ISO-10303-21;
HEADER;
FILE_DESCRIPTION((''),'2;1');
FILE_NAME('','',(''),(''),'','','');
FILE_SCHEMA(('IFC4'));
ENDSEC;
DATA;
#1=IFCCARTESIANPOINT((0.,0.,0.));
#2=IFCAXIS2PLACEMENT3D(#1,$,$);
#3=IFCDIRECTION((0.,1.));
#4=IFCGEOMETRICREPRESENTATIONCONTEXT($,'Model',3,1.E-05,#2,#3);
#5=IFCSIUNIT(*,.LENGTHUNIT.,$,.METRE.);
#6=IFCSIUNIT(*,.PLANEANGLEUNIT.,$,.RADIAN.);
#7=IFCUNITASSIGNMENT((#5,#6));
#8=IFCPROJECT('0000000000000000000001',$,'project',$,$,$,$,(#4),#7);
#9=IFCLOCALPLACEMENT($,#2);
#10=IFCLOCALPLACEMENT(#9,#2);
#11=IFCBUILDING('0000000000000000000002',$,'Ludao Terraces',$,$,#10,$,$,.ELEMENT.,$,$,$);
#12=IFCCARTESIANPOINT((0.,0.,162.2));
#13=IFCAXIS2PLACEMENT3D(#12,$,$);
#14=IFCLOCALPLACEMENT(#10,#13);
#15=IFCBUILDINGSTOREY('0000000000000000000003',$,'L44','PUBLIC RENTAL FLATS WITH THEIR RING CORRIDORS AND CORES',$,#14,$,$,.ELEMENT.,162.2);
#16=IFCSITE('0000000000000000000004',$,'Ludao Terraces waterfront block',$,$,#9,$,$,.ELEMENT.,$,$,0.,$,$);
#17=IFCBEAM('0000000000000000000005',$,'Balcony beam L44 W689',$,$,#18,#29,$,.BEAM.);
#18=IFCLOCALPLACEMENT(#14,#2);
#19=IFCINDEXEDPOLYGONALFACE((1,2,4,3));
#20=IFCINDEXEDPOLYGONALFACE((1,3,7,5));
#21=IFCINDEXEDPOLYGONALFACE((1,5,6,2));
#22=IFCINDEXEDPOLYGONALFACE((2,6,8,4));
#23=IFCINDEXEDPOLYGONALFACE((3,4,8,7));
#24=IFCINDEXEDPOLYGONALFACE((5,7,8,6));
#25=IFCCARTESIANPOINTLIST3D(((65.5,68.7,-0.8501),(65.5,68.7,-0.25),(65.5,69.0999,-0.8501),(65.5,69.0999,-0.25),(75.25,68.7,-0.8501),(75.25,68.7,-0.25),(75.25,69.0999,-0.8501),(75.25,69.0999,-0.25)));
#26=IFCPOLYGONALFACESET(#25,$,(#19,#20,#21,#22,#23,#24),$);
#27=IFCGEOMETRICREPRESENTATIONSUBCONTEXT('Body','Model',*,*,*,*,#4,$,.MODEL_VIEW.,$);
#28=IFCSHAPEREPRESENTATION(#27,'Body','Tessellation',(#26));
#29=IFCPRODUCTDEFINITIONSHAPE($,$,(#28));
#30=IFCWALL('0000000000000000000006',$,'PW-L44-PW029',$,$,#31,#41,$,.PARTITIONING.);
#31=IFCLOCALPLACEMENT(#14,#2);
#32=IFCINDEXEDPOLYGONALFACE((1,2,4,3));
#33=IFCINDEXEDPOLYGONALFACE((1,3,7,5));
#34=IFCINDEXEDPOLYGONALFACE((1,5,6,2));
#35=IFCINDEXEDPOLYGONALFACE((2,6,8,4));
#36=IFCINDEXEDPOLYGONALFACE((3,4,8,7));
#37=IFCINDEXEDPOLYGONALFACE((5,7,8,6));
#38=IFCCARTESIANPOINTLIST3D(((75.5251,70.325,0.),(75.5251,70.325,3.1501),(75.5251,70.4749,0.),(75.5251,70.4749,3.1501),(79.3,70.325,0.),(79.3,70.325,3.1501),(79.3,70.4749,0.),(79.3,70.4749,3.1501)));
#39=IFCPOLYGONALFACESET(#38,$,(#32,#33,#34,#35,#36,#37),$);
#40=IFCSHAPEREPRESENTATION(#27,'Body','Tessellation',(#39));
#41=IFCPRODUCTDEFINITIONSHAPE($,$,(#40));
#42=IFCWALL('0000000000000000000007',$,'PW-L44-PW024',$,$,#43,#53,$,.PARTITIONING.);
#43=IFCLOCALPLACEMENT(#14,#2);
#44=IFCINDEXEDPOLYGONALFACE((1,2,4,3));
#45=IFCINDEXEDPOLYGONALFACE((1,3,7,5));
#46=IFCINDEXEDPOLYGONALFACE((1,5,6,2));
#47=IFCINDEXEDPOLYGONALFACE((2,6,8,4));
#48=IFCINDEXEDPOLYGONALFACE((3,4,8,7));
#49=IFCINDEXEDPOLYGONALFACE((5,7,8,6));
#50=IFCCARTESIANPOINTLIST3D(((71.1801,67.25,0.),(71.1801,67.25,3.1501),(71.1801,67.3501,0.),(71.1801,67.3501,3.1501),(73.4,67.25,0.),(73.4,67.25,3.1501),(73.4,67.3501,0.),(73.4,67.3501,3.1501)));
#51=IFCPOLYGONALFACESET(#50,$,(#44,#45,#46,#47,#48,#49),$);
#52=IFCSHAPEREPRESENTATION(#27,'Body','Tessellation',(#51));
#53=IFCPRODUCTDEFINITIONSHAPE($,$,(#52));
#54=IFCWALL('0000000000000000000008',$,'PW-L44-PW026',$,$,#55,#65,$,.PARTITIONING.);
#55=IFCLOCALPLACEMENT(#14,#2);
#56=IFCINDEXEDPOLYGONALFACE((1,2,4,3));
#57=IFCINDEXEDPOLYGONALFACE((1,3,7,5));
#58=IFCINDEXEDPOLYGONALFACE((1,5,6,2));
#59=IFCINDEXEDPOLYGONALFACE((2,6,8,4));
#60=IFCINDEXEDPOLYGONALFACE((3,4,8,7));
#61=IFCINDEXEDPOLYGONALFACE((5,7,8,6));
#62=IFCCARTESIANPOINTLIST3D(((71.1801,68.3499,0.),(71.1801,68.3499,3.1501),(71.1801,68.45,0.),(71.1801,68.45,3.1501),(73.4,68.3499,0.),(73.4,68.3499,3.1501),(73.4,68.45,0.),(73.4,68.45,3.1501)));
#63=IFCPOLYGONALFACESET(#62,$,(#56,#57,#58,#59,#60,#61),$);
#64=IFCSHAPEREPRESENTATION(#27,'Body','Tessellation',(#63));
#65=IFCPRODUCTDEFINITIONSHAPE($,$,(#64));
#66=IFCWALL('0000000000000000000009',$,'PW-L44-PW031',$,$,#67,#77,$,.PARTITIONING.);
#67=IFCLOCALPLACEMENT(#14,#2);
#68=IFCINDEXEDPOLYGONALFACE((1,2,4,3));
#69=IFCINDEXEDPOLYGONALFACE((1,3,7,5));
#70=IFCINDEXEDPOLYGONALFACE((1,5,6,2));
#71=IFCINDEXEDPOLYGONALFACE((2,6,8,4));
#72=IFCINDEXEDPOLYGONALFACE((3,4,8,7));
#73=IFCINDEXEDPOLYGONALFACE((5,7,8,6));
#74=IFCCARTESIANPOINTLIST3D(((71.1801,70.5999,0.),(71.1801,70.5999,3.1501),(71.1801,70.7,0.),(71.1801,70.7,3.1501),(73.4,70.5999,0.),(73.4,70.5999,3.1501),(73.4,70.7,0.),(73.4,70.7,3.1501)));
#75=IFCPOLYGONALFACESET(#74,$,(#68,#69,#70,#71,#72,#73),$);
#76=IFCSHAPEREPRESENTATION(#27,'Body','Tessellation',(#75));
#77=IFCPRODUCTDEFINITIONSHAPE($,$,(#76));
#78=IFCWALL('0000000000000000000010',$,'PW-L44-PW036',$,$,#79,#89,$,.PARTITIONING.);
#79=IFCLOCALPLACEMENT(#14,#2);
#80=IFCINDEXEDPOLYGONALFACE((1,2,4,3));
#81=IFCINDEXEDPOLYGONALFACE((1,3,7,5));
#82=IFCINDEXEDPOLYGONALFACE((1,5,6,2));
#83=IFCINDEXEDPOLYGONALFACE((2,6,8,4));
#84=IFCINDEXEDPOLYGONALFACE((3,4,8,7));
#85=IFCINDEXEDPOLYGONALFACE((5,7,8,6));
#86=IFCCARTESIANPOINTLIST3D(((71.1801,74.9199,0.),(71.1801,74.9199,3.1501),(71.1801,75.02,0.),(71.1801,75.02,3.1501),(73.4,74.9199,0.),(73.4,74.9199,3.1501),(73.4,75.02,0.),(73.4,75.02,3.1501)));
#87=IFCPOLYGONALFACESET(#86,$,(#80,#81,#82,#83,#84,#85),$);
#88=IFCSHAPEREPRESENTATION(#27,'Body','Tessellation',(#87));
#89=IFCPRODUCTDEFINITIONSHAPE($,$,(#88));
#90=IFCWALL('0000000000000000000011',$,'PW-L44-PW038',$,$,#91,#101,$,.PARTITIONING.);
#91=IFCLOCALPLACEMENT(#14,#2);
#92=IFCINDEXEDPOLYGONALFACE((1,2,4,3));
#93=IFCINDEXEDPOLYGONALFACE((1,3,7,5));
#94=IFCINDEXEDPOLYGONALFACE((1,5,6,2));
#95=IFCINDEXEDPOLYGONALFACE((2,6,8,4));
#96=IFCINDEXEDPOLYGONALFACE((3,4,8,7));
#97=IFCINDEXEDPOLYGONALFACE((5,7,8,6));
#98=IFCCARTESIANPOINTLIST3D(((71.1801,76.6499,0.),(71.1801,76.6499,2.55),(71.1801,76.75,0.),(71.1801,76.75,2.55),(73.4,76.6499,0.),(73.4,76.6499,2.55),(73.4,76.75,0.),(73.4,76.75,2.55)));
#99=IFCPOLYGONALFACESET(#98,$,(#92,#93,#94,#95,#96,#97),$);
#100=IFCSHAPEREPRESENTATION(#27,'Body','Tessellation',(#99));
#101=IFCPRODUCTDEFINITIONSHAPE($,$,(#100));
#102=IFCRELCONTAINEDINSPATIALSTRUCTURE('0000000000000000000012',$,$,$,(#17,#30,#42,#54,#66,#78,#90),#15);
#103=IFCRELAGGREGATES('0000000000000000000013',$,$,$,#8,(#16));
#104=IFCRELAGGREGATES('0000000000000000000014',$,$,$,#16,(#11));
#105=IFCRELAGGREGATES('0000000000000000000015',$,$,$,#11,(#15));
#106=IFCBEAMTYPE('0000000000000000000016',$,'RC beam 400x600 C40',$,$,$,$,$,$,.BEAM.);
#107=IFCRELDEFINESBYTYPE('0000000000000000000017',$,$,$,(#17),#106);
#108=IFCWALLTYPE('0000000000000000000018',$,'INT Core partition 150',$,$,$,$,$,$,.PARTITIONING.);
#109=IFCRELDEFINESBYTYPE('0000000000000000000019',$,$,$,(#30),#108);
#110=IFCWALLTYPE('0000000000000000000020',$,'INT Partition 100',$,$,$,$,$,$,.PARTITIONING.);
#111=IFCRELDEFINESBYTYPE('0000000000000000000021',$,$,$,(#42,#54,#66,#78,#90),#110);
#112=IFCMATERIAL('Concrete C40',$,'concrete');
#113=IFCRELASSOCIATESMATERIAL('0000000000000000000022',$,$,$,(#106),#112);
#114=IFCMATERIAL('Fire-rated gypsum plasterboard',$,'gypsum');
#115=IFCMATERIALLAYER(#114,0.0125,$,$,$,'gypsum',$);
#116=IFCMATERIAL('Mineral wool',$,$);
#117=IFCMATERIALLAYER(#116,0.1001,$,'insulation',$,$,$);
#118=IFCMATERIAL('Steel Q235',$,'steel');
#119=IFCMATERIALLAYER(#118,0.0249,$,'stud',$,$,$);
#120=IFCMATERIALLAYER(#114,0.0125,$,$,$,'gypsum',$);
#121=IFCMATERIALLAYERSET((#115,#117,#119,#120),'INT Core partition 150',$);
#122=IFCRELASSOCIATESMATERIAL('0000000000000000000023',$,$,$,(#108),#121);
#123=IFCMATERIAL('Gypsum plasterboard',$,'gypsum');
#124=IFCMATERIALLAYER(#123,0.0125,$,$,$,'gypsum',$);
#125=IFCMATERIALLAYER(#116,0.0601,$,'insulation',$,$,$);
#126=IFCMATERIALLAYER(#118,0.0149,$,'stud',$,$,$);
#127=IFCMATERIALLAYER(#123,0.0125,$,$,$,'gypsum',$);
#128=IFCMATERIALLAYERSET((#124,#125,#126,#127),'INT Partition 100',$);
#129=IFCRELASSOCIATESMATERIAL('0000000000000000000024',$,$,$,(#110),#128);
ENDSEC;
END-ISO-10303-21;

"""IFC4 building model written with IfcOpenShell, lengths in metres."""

from ifc_helpers import new_model, si_unit, direction, frame, frame_2d, origin, origin_2d, place, context, subcontext, project, spatial, rectangle, extrude, material, layer, layer_set, material_profile, profile_set, type_object, element, save


model = new_model("IFC4")

# Units and contexts
model_context = context("Model", 3, precision=1e-05, world=origin(), true_north=direction((0.0, 1.0)))
body_context = subcontext(model_context, "Body", "Model", "MODEL_VIEW")
ifc_project = project(units=[si_unit("LENGTHUNIT", "METRE"), si_unit("PLANEANGLEUNIT", "RADIAN")], contexts=[model_context])

# Site, building, storey
site_placement = place(None, origin())
site = spatial("IfcSite", under=ifc_project, at=site_placement, Name="Ludao Terraces waterfront block", CompositionType="ELEMENT", RefElevation=0.0)
building_placement = place(site_placement, origin())
building = spatial("IfcBuilding", under=site, at=building_placement, Name="Ludao Terraces", CompositionType="ELEMENT")
storey_placement = place(building_placement, frame((0.0, 0.0, 162.2)))
storey = spatial("IfcBuildingStorey", under=building, at=storey_placement, Name="L44", Description="PUBLIC RENTAL FLATS WITH THEIR RING CORRIDORS AND CORES", CompositionType="ELEMENT", Elevation=162.2)

# Beam
ifc_material_1 = material(Name="Concrete C40", Category="concrete")
ifc_material_profile = material_profile(ifc_material_1, rectangle(XDim=0.3999, YDim=0.6001, at=origin_2d()), Name="400 X 600")
ifc_profile_set = profile_set([ifc_material_profile], Name="Concrete C40")
beam_type = type_object("IfcBeamType", Name="RC beam 400x600 C40", PredefinedType="BEAM", material=ifc_profile_set)
beam_placement = place(storey_placement, frame((75.25, 68.8999, -0.55), z_axis=(-1.0, 0.0, 0.0), x_axis=(0.0, -1.0, 0.0)))
element("IfcBeam", 1, at=beam_placement, inside=storey, type_object=beam_type, Name="Balcony beam L44 W689", PredefinedType="BEAM", context=body_context, shape_type="SweptSolid", body=[
    extrude(rectangle(XDim=0.3999, YDim=0.6001, at=origin_2d()), origin(), (0.0, 0.0, 1.0), 9.75),
])

# Walls
ifc_material_2 = material(Name="Fire-rated gypsum plasterboard", Category="gypsum")
ifc_layer_1 = layer(ifc_material_2, 0.0125, Category="gypsum")
ifc_material_3 = material(Name="Mineral wool")
ifc_layer_2 = layer(ifc_material_3, 0.1001, Name="insulation")
ifc_material_4 = material(Name="Steel Q235", Category="steel")
ifc_layer_3 = layer(ifc_material_4, 0.0249, Name="stud")
ifc_layer_4 = layer(ifc_material_2, 0.0125, Category="gypsum")
ifc_layer_set_1 = layer_set([ifc_layer_1, ifc_layer_2, ifc_layer_3, ifc_layer_4], Name="INT Core partition 150")
wall_type_1 = type_object("IfcWallType", Name="INT Core partition 150", PredefinedType="PARTITIONING", material=ifc_layer_set_1)
wall_1_placement = place(storey_placement, frame((75.5251, 70.3999, 0.0), z_axis=(0.0, 0.0, 1.0), x_axis=(1.0, 0.0, 0.0)))
element("IfcWall", 2, at=wall_1_placement, inside=storey, type_object=wall_type_1, Name="PW-L44-PW029", PredefinedType="PARTITIONING", context=body_context, shape_type="SweptSolid", body=[
    extrude(rectangle(XDim=3.7749, YDim=0.1499, at=frame_2d((1.8875, 0.0))), origin(), (0.0, 0.0, 1.0), 3.1501),
])
ifc_material_5 = material(Name="Gypsum plasterboard", Category="gypsum")
ifc_layer_5 = layer(ifc_material_5, 0.0125, Category="gypsum")
ifc_layer_6 = layer(ifc_material_3, 0.0601, Name="insulation")
ifc_layer_7 = layer(ifc_material_4, 0.0149, Name="stud")
ifc_layer_8 = layer(ifc_material_5, 0.0125, Category="gypsum")
ifc_layer_set_2 = layer_set([ifc_layer_5, ifc_layer_6, ifc_layer_7, ifc_layer_8], Name="INT Partition 100")
wall_type_2 = type_object("IfcWallType", Name="INT Partition 100", PredefinedType="PARTITIONING", material=ifc_layer_set_2)
for number, where, z_axis, x_axis, name in (
    (3, (71.1802, 67.3, 0.0), (0.0, 0.0, 1.0), (1.0, 0.0, 0.0), "PW-L44-PW024"),
    (4, (71.1802, 68.3999, 0.0), (0.0, 0.0, 1.0), (1.0, 0.0, 0.0), "PW-L44-PW026"),
    (5, (71.1802, 70.6499, 0.0), (0.0, 0.0, 1.0), (1.0, 0.0, 0.0), "PW-L44-PW031"),
    (6, (71.1802, 74.97, 0.0), (0.0, 0.0, 1.0), (1.0, 0.0, 0.0), "PW-L44-PW036"),
):
    element("IfcWall", number, at=place(storey_placement, frame(where, z_axis=z_axis, x_axis=x_axis)), inside=storey, type_object=wall_type_2, Name=name, PredefinedType="PARTITIONING", context=body_context, shape_type="SweptSolid", body=[
        extrude(rectangle(XDim=2.22, YDim=0.1001, at=frame_2d((1.1099, 0.0))), origin(), (0.0, 0.0, 1.0), 3.1501),
    ])
wall_2_placement = place(storey_placement, frame((71.1802, 76.7, 0.0), z_axis=(0.0, 0.0, 1.0), x_axis=(1.0, 0.0, 0.0)))
element("IfcWall", 7, at=wall_2_placement, inside=storey, type_object=wall_type_2, Name="PW-L44-PW038", PredefinedType="PARTITIONING", context=body_context, shape_type="SweptSolid", body=[
    extrude(rectangle(XDim=2.22, YDim=0.1001, at=frame_2d((1.1099, 0.0))), origin(), (0.0, 0.0, 1.0), 2.55),
])

save(model, "model.ifc")
